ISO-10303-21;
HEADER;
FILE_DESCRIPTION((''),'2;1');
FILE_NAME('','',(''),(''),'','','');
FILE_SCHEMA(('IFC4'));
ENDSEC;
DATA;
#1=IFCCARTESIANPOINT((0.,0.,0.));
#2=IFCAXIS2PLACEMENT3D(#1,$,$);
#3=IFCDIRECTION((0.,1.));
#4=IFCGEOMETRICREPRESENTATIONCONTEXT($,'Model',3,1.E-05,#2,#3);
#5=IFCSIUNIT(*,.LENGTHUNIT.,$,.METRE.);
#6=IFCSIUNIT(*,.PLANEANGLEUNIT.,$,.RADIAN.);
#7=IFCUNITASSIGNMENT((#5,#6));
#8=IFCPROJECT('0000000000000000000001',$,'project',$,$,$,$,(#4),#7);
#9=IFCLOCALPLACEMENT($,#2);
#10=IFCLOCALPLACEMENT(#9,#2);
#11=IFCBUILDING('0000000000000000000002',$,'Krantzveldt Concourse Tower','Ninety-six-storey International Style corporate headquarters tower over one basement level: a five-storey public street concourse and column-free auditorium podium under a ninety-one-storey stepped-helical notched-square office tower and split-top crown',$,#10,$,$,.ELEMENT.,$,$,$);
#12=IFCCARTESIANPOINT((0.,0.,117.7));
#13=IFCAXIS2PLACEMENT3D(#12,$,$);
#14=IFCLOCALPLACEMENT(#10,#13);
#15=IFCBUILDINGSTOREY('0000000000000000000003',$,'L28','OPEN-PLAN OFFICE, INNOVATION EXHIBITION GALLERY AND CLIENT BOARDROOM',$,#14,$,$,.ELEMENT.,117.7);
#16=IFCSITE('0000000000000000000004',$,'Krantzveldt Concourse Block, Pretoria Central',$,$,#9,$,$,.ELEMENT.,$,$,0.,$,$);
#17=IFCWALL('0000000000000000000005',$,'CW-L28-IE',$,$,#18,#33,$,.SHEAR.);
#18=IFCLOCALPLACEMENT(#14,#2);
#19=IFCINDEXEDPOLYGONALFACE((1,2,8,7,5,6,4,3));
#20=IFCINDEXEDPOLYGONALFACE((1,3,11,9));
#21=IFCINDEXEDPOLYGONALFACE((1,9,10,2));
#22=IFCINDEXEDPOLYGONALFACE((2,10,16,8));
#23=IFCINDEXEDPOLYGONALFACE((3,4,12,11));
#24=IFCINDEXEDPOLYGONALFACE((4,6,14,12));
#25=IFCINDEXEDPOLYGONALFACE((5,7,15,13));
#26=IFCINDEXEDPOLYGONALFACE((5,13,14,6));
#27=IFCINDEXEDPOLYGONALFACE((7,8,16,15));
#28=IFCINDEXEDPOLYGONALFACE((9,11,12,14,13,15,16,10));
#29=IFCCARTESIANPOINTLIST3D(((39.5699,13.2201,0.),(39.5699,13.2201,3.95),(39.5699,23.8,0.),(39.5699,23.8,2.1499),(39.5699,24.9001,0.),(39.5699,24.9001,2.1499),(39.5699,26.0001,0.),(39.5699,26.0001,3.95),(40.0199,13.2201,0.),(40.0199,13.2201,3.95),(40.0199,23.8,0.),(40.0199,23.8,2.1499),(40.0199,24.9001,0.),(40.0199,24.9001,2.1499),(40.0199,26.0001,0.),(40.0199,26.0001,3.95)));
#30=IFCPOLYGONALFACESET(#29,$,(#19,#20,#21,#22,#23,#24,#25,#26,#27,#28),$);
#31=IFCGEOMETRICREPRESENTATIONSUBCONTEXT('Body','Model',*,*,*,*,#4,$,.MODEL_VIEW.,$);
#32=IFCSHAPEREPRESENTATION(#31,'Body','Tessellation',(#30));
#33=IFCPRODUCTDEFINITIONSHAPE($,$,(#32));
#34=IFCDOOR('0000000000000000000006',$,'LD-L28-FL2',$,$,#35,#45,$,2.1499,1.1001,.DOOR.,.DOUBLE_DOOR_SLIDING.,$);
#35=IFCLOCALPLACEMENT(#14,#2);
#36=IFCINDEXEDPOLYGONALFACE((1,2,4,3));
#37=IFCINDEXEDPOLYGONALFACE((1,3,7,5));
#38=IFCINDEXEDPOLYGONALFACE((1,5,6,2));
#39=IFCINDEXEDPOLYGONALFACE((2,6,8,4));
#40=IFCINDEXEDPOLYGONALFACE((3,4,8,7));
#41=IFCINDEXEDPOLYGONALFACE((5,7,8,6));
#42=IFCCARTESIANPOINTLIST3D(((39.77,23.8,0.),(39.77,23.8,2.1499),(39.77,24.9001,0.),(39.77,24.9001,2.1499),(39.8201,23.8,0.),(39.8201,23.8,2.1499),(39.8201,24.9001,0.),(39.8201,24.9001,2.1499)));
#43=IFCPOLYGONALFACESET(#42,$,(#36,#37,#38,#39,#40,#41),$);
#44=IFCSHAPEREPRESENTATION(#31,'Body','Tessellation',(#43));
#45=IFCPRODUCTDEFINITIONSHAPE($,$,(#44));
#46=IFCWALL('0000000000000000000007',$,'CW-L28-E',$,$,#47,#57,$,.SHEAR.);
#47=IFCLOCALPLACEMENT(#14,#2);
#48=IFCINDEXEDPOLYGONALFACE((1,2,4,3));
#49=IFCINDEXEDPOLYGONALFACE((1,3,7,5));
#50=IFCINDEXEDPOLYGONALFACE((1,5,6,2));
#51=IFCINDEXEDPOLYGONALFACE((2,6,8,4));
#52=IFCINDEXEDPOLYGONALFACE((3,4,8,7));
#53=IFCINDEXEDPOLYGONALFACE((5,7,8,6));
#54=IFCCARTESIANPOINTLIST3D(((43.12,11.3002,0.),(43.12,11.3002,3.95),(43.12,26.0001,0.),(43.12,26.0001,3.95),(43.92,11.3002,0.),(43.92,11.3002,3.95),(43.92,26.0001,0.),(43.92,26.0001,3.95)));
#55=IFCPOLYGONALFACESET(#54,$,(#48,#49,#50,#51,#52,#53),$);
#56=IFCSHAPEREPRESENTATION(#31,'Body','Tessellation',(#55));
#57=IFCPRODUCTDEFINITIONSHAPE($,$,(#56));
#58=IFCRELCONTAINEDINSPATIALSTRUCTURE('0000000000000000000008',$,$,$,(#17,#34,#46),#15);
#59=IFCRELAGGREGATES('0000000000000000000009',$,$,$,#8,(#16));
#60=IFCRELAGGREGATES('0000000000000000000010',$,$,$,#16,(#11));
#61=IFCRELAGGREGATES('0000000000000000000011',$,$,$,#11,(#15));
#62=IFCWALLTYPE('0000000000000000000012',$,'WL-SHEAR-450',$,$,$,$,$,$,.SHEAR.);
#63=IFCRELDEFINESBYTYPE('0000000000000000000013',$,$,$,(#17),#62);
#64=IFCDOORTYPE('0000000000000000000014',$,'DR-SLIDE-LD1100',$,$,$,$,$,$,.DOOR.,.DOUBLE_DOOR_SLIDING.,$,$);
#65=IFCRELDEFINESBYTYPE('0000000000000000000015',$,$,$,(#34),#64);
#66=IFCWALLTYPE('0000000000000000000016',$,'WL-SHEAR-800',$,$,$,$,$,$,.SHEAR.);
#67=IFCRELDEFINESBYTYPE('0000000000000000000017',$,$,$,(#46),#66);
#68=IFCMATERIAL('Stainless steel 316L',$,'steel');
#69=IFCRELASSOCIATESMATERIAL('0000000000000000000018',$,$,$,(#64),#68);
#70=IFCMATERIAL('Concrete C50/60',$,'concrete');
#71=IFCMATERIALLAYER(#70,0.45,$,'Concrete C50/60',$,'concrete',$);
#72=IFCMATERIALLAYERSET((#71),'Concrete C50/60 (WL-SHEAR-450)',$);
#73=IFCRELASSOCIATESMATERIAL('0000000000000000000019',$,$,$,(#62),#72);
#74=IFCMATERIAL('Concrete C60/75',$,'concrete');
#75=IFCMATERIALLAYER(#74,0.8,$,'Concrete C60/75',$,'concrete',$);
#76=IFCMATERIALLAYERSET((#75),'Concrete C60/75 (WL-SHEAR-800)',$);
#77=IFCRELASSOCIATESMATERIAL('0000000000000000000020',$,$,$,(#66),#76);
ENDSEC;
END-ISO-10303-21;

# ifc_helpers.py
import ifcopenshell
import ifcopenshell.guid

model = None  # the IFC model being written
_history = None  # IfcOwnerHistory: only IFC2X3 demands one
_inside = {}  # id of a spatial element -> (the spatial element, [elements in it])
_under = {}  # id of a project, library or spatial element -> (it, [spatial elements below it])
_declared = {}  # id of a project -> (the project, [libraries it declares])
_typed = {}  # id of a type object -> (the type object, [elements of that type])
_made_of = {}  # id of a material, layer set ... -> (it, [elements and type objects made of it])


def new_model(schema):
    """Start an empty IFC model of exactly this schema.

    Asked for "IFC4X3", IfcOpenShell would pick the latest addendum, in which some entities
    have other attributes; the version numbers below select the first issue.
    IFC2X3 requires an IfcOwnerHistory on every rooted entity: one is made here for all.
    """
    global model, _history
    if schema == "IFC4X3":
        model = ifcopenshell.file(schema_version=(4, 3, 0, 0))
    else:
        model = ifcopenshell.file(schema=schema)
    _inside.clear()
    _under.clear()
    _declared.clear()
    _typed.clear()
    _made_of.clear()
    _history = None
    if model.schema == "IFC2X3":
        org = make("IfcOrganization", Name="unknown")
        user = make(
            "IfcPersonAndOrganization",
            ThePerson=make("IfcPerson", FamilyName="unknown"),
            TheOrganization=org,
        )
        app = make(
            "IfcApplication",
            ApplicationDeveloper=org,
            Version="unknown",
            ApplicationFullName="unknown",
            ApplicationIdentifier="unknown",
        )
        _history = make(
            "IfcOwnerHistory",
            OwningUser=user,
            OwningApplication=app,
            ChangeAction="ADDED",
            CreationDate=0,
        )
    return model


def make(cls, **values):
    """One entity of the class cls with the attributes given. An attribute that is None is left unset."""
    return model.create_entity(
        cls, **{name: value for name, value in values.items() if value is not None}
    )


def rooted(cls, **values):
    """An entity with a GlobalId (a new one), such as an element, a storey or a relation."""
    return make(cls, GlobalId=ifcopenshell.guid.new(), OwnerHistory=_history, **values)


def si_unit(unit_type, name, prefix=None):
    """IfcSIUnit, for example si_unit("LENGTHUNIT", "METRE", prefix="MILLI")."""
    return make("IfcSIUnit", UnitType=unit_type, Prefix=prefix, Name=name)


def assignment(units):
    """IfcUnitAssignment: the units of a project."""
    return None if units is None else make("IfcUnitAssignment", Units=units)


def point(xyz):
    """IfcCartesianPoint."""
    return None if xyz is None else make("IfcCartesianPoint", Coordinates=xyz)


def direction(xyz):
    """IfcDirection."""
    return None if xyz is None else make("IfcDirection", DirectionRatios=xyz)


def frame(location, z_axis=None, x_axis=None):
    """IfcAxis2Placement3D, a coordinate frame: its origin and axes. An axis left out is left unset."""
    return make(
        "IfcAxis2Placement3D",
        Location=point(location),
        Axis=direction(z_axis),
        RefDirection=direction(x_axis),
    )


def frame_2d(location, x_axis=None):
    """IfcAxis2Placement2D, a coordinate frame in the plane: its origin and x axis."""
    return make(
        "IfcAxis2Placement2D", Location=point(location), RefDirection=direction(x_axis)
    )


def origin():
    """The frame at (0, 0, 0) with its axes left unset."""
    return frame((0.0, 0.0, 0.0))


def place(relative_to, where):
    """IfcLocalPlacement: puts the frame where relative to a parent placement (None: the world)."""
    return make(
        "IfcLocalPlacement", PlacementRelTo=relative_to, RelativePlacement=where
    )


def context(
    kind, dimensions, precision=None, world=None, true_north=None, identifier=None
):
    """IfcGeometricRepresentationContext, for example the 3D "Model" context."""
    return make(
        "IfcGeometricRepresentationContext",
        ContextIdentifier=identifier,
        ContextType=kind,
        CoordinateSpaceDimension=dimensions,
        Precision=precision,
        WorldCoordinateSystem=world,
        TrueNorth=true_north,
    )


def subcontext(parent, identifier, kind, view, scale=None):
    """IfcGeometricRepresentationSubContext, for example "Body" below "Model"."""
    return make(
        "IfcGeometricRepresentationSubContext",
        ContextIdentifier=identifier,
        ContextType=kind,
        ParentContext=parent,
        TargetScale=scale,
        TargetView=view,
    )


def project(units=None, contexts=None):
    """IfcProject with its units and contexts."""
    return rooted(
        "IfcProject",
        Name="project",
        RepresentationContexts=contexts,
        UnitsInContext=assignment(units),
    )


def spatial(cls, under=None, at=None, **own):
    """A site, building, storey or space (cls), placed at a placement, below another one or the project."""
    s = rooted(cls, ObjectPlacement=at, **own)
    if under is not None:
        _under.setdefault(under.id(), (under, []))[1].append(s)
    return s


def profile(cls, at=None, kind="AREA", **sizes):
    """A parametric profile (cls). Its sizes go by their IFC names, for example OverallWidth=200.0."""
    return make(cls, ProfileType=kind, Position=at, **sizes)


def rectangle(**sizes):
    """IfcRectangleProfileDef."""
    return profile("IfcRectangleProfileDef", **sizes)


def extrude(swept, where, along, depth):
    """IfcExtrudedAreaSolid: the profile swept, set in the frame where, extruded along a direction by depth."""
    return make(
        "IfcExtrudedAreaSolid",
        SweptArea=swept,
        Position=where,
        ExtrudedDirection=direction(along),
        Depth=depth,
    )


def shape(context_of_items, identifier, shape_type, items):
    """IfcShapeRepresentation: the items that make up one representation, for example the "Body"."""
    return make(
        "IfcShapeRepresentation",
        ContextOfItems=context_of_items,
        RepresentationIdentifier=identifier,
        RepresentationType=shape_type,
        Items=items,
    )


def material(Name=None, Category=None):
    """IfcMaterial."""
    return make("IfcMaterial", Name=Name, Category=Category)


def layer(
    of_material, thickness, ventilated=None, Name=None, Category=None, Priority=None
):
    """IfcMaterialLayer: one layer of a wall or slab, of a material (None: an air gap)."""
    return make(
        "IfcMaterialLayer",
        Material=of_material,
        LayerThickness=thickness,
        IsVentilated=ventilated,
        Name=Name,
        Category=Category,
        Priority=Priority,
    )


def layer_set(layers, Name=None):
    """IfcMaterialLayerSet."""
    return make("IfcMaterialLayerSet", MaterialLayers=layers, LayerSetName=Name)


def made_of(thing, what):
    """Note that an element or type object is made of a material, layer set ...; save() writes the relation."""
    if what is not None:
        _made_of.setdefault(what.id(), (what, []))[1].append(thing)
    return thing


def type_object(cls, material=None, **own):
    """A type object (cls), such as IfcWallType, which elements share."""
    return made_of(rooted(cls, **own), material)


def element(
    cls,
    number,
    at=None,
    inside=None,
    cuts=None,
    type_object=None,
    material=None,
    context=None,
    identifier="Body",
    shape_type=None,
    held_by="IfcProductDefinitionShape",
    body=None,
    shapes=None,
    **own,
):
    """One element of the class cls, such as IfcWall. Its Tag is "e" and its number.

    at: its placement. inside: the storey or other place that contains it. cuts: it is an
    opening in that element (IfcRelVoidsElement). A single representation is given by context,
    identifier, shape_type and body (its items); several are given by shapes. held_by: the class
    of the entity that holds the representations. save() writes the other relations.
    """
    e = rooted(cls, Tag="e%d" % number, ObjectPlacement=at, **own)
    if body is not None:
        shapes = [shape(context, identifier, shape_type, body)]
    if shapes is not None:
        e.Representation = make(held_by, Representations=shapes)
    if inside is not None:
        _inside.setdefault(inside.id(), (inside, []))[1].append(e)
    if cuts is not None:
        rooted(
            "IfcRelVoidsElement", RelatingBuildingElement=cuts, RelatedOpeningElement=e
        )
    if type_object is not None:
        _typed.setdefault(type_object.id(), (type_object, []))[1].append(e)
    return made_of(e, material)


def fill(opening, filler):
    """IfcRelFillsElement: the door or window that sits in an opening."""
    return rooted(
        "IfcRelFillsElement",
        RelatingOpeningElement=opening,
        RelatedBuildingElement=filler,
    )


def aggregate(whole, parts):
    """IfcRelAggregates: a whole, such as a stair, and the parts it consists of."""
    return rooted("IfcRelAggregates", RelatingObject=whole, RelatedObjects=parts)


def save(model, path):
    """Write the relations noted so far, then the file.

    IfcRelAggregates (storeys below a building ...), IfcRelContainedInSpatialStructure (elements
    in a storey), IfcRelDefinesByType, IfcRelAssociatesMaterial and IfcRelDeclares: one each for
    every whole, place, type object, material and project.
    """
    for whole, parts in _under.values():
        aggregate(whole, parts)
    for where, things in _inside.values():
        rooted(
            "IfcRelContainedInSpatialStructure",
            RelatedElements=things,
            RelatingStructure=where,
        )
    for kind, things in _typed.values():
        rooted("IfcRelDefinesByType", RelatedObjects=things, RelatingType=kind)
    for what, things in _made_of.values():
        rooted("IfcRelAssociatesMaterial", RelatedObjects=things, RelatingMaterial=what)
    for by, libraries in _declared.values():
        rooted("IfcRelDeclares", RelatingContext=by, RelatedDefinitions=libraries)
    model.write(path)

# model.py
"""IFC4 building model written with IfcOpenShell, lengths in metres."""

from ifc_helpers import new_model, si_unit, direction, frame, frame_2d, origin, place, context, subcontext, project, spatial, rectangle, extrude, material, layer, layer_set, type_object, element, fill, save


model = new_model("IFC4")

# Units and contexts
model_context = context("Model", 3, precision=1e-05, world=origin(), true_north=direction((0.0, 1.0)))
body_context = subcontext(model_context, "Body", "Model", "MODEL_VIEW")
ifc_project = project(units=[si_unit("LENGTHUNIT", "METRE"), si_unit("PLANEANGLEUNIT", "RADIAN")], contexts=[model_context])

# Site, building, storey
site_placement = place(None, origin())
site = spatial("IfcSite", under=ifc_project, at=site_placement, Name="Krantzveldt Concourse Block, Pretoria Central", CompositionType="ELEMENT", RefElevation=0.0)
building_placement = place(site_placement, origin())
building = spatial("IfcBuilding", under=site, at=building_placement, Name="Krantzveldt Concourse Tower", Description="Ninety-six-storey International Style corporate headquarters tower over one basement level: a five-storey public street concourse and column-free auditorium podium under a ninety-one-storey stepped-helical notched-square office tower and split-top crown", CompositionType="ELEMENT")
storey_placement = place(building_placement, frame((0.0, 0.0, 117.7)))
storey = spatial("IfcBuildingStorey", under=building, at=storey_placement, Name="L28", Description="OPEN-PLAN OFFICE, INNOVATION EXHIBITION GALLERY AND CLIENT BOARDROOM", CompositionType="ELEMENT", Elevation=117.7)

# Shared definitions
ifc_material_1 = material(Name="Stainless steel 316L", Category="steel")
door_type = type_object("IfcDoorType", Name="DR-SLIDE-LD1100", OperationType="DOUBLE_DOOR_SLIDING", PredefinedType="DOOR", material=ifc_material_1)

# Shared definitions
ifc_material_2 = material(Name="Concrete C50/60", Category="concrete")

# Wall, opening, door
ifc_layer_1 = layer(ifc_material_2, 0.45, Name="Concrete C50/60", Category="concrete")
ifc_layer_set_1 = layer_set([ifc_layer_1], Name="Concrete C50/60 (WL-SHEAR-450)")
wall_type_1 = type_object("IfcWallType", Name="WL-SHEAR-450", PredefinedType="SHEAR", material=ifc_layer_set_1)
wall_1_placement = place(storey_placement, frame((39.7949, 13.22, 0.0), z_axis=(0.0, 0.0, 1.0), x_axis=(0.0, 1.0, 0.0)))
wall_1 = element("IfcWall", 1, at=wall_1_placement, inside=storey, type_object=wall_type_1, Name="CW-L28-IE", PredefinedType="SHEAR", context=body_context, shape_type="SweptSolid", body=[
    extrude(rectangle(XDim=12.78, YDim=0.45, at=frame_2d((6.3901, 0.0))), origin(), (0.0, 0.0, 1.0), 3.95),
])
opening_1_placement = place(wall_1_placement, frame((10.5801, 0.0, 0.0)))
opening_1 = element("IfcOpeningElement", 2, at=opening_1_placement, cuts=wall_1, PredefinedType="OPENING", context=body_context, shape_type="SweptSolid", body=[
    extrude(rectangle(XDim=1.1001, YDim=2.1499, at=frame_2d((0.55, 1.075))), frame((0.0, 0.2349, 0.0), z_axis=(0.0, -1.0, 0.0), x_axis=(1.0, 0.0, 0.0)), (0.0, 0.0, 1.0), 0.47),
])
door_1_placement = place(opening_1_placement, origin())
door_1 = element("IfcDoor", 3, at=door_1_placement, inside=storey, type_object=door_type, Name="LD-L28-FL2", OperationType="DOUBLE_DOOR_SLIDING", OverallHeight=2.1499, OverallWidth=1.1001, PredefinedType="DOOR", context=body_context, shape_type="SweptSolid", body=[
    extrude(rectangle(XDim=1.1001, YDim=2.1499, at=frame_2d((0.55, 1.075))), frame((0.0, 0.0249, 0.0), z_axis=(0.0, -1.0, 0.0), x_axis=(1.0, 0.0, 0.0)), (0.0, 0.0, 1.0), 0.05),
])
fill(opening_1, door_1)

# Wall
ifc_material_3 = material(Name="Concrete C60/75", Category="concrete")
ifc_layer_2 = layer(ifc_material_3, 0.8, Name="Concrete C60/75", Category="concrete")
ifc_layer_set_2 = layer_set([ifc_layer_2], Name="Concrete C60/75 (WL-SHEAR-800)")
wall_type_2 = type_object("IfcWallType", Name="WL-SHEAR-800", PredefinedType="SHEAR", material=ifc_layer_set_2)
wall_2_placement = place(storey_placement, frame((43.52, 11.3, 0.0), z_axis=(0.0, 0.0, 1.0), x_axis=(0.0, 1.0, 0.0)))
element("IfcWall", 4, at=wall_2_placement, inside=storey, type_object=wall_type_2, Name="CW-L28-E", PredefinedType="SHEAR", context=body_context, shape_type="SweptSolid", body=[
    extrude(rectangle(XDim=14.7, YDim=0.8, at=frame_2d((7.3501, 0.0))), origin(), (0.0, 0.0, 1.0), 3.95),
])

save(model, "model.ifc")
